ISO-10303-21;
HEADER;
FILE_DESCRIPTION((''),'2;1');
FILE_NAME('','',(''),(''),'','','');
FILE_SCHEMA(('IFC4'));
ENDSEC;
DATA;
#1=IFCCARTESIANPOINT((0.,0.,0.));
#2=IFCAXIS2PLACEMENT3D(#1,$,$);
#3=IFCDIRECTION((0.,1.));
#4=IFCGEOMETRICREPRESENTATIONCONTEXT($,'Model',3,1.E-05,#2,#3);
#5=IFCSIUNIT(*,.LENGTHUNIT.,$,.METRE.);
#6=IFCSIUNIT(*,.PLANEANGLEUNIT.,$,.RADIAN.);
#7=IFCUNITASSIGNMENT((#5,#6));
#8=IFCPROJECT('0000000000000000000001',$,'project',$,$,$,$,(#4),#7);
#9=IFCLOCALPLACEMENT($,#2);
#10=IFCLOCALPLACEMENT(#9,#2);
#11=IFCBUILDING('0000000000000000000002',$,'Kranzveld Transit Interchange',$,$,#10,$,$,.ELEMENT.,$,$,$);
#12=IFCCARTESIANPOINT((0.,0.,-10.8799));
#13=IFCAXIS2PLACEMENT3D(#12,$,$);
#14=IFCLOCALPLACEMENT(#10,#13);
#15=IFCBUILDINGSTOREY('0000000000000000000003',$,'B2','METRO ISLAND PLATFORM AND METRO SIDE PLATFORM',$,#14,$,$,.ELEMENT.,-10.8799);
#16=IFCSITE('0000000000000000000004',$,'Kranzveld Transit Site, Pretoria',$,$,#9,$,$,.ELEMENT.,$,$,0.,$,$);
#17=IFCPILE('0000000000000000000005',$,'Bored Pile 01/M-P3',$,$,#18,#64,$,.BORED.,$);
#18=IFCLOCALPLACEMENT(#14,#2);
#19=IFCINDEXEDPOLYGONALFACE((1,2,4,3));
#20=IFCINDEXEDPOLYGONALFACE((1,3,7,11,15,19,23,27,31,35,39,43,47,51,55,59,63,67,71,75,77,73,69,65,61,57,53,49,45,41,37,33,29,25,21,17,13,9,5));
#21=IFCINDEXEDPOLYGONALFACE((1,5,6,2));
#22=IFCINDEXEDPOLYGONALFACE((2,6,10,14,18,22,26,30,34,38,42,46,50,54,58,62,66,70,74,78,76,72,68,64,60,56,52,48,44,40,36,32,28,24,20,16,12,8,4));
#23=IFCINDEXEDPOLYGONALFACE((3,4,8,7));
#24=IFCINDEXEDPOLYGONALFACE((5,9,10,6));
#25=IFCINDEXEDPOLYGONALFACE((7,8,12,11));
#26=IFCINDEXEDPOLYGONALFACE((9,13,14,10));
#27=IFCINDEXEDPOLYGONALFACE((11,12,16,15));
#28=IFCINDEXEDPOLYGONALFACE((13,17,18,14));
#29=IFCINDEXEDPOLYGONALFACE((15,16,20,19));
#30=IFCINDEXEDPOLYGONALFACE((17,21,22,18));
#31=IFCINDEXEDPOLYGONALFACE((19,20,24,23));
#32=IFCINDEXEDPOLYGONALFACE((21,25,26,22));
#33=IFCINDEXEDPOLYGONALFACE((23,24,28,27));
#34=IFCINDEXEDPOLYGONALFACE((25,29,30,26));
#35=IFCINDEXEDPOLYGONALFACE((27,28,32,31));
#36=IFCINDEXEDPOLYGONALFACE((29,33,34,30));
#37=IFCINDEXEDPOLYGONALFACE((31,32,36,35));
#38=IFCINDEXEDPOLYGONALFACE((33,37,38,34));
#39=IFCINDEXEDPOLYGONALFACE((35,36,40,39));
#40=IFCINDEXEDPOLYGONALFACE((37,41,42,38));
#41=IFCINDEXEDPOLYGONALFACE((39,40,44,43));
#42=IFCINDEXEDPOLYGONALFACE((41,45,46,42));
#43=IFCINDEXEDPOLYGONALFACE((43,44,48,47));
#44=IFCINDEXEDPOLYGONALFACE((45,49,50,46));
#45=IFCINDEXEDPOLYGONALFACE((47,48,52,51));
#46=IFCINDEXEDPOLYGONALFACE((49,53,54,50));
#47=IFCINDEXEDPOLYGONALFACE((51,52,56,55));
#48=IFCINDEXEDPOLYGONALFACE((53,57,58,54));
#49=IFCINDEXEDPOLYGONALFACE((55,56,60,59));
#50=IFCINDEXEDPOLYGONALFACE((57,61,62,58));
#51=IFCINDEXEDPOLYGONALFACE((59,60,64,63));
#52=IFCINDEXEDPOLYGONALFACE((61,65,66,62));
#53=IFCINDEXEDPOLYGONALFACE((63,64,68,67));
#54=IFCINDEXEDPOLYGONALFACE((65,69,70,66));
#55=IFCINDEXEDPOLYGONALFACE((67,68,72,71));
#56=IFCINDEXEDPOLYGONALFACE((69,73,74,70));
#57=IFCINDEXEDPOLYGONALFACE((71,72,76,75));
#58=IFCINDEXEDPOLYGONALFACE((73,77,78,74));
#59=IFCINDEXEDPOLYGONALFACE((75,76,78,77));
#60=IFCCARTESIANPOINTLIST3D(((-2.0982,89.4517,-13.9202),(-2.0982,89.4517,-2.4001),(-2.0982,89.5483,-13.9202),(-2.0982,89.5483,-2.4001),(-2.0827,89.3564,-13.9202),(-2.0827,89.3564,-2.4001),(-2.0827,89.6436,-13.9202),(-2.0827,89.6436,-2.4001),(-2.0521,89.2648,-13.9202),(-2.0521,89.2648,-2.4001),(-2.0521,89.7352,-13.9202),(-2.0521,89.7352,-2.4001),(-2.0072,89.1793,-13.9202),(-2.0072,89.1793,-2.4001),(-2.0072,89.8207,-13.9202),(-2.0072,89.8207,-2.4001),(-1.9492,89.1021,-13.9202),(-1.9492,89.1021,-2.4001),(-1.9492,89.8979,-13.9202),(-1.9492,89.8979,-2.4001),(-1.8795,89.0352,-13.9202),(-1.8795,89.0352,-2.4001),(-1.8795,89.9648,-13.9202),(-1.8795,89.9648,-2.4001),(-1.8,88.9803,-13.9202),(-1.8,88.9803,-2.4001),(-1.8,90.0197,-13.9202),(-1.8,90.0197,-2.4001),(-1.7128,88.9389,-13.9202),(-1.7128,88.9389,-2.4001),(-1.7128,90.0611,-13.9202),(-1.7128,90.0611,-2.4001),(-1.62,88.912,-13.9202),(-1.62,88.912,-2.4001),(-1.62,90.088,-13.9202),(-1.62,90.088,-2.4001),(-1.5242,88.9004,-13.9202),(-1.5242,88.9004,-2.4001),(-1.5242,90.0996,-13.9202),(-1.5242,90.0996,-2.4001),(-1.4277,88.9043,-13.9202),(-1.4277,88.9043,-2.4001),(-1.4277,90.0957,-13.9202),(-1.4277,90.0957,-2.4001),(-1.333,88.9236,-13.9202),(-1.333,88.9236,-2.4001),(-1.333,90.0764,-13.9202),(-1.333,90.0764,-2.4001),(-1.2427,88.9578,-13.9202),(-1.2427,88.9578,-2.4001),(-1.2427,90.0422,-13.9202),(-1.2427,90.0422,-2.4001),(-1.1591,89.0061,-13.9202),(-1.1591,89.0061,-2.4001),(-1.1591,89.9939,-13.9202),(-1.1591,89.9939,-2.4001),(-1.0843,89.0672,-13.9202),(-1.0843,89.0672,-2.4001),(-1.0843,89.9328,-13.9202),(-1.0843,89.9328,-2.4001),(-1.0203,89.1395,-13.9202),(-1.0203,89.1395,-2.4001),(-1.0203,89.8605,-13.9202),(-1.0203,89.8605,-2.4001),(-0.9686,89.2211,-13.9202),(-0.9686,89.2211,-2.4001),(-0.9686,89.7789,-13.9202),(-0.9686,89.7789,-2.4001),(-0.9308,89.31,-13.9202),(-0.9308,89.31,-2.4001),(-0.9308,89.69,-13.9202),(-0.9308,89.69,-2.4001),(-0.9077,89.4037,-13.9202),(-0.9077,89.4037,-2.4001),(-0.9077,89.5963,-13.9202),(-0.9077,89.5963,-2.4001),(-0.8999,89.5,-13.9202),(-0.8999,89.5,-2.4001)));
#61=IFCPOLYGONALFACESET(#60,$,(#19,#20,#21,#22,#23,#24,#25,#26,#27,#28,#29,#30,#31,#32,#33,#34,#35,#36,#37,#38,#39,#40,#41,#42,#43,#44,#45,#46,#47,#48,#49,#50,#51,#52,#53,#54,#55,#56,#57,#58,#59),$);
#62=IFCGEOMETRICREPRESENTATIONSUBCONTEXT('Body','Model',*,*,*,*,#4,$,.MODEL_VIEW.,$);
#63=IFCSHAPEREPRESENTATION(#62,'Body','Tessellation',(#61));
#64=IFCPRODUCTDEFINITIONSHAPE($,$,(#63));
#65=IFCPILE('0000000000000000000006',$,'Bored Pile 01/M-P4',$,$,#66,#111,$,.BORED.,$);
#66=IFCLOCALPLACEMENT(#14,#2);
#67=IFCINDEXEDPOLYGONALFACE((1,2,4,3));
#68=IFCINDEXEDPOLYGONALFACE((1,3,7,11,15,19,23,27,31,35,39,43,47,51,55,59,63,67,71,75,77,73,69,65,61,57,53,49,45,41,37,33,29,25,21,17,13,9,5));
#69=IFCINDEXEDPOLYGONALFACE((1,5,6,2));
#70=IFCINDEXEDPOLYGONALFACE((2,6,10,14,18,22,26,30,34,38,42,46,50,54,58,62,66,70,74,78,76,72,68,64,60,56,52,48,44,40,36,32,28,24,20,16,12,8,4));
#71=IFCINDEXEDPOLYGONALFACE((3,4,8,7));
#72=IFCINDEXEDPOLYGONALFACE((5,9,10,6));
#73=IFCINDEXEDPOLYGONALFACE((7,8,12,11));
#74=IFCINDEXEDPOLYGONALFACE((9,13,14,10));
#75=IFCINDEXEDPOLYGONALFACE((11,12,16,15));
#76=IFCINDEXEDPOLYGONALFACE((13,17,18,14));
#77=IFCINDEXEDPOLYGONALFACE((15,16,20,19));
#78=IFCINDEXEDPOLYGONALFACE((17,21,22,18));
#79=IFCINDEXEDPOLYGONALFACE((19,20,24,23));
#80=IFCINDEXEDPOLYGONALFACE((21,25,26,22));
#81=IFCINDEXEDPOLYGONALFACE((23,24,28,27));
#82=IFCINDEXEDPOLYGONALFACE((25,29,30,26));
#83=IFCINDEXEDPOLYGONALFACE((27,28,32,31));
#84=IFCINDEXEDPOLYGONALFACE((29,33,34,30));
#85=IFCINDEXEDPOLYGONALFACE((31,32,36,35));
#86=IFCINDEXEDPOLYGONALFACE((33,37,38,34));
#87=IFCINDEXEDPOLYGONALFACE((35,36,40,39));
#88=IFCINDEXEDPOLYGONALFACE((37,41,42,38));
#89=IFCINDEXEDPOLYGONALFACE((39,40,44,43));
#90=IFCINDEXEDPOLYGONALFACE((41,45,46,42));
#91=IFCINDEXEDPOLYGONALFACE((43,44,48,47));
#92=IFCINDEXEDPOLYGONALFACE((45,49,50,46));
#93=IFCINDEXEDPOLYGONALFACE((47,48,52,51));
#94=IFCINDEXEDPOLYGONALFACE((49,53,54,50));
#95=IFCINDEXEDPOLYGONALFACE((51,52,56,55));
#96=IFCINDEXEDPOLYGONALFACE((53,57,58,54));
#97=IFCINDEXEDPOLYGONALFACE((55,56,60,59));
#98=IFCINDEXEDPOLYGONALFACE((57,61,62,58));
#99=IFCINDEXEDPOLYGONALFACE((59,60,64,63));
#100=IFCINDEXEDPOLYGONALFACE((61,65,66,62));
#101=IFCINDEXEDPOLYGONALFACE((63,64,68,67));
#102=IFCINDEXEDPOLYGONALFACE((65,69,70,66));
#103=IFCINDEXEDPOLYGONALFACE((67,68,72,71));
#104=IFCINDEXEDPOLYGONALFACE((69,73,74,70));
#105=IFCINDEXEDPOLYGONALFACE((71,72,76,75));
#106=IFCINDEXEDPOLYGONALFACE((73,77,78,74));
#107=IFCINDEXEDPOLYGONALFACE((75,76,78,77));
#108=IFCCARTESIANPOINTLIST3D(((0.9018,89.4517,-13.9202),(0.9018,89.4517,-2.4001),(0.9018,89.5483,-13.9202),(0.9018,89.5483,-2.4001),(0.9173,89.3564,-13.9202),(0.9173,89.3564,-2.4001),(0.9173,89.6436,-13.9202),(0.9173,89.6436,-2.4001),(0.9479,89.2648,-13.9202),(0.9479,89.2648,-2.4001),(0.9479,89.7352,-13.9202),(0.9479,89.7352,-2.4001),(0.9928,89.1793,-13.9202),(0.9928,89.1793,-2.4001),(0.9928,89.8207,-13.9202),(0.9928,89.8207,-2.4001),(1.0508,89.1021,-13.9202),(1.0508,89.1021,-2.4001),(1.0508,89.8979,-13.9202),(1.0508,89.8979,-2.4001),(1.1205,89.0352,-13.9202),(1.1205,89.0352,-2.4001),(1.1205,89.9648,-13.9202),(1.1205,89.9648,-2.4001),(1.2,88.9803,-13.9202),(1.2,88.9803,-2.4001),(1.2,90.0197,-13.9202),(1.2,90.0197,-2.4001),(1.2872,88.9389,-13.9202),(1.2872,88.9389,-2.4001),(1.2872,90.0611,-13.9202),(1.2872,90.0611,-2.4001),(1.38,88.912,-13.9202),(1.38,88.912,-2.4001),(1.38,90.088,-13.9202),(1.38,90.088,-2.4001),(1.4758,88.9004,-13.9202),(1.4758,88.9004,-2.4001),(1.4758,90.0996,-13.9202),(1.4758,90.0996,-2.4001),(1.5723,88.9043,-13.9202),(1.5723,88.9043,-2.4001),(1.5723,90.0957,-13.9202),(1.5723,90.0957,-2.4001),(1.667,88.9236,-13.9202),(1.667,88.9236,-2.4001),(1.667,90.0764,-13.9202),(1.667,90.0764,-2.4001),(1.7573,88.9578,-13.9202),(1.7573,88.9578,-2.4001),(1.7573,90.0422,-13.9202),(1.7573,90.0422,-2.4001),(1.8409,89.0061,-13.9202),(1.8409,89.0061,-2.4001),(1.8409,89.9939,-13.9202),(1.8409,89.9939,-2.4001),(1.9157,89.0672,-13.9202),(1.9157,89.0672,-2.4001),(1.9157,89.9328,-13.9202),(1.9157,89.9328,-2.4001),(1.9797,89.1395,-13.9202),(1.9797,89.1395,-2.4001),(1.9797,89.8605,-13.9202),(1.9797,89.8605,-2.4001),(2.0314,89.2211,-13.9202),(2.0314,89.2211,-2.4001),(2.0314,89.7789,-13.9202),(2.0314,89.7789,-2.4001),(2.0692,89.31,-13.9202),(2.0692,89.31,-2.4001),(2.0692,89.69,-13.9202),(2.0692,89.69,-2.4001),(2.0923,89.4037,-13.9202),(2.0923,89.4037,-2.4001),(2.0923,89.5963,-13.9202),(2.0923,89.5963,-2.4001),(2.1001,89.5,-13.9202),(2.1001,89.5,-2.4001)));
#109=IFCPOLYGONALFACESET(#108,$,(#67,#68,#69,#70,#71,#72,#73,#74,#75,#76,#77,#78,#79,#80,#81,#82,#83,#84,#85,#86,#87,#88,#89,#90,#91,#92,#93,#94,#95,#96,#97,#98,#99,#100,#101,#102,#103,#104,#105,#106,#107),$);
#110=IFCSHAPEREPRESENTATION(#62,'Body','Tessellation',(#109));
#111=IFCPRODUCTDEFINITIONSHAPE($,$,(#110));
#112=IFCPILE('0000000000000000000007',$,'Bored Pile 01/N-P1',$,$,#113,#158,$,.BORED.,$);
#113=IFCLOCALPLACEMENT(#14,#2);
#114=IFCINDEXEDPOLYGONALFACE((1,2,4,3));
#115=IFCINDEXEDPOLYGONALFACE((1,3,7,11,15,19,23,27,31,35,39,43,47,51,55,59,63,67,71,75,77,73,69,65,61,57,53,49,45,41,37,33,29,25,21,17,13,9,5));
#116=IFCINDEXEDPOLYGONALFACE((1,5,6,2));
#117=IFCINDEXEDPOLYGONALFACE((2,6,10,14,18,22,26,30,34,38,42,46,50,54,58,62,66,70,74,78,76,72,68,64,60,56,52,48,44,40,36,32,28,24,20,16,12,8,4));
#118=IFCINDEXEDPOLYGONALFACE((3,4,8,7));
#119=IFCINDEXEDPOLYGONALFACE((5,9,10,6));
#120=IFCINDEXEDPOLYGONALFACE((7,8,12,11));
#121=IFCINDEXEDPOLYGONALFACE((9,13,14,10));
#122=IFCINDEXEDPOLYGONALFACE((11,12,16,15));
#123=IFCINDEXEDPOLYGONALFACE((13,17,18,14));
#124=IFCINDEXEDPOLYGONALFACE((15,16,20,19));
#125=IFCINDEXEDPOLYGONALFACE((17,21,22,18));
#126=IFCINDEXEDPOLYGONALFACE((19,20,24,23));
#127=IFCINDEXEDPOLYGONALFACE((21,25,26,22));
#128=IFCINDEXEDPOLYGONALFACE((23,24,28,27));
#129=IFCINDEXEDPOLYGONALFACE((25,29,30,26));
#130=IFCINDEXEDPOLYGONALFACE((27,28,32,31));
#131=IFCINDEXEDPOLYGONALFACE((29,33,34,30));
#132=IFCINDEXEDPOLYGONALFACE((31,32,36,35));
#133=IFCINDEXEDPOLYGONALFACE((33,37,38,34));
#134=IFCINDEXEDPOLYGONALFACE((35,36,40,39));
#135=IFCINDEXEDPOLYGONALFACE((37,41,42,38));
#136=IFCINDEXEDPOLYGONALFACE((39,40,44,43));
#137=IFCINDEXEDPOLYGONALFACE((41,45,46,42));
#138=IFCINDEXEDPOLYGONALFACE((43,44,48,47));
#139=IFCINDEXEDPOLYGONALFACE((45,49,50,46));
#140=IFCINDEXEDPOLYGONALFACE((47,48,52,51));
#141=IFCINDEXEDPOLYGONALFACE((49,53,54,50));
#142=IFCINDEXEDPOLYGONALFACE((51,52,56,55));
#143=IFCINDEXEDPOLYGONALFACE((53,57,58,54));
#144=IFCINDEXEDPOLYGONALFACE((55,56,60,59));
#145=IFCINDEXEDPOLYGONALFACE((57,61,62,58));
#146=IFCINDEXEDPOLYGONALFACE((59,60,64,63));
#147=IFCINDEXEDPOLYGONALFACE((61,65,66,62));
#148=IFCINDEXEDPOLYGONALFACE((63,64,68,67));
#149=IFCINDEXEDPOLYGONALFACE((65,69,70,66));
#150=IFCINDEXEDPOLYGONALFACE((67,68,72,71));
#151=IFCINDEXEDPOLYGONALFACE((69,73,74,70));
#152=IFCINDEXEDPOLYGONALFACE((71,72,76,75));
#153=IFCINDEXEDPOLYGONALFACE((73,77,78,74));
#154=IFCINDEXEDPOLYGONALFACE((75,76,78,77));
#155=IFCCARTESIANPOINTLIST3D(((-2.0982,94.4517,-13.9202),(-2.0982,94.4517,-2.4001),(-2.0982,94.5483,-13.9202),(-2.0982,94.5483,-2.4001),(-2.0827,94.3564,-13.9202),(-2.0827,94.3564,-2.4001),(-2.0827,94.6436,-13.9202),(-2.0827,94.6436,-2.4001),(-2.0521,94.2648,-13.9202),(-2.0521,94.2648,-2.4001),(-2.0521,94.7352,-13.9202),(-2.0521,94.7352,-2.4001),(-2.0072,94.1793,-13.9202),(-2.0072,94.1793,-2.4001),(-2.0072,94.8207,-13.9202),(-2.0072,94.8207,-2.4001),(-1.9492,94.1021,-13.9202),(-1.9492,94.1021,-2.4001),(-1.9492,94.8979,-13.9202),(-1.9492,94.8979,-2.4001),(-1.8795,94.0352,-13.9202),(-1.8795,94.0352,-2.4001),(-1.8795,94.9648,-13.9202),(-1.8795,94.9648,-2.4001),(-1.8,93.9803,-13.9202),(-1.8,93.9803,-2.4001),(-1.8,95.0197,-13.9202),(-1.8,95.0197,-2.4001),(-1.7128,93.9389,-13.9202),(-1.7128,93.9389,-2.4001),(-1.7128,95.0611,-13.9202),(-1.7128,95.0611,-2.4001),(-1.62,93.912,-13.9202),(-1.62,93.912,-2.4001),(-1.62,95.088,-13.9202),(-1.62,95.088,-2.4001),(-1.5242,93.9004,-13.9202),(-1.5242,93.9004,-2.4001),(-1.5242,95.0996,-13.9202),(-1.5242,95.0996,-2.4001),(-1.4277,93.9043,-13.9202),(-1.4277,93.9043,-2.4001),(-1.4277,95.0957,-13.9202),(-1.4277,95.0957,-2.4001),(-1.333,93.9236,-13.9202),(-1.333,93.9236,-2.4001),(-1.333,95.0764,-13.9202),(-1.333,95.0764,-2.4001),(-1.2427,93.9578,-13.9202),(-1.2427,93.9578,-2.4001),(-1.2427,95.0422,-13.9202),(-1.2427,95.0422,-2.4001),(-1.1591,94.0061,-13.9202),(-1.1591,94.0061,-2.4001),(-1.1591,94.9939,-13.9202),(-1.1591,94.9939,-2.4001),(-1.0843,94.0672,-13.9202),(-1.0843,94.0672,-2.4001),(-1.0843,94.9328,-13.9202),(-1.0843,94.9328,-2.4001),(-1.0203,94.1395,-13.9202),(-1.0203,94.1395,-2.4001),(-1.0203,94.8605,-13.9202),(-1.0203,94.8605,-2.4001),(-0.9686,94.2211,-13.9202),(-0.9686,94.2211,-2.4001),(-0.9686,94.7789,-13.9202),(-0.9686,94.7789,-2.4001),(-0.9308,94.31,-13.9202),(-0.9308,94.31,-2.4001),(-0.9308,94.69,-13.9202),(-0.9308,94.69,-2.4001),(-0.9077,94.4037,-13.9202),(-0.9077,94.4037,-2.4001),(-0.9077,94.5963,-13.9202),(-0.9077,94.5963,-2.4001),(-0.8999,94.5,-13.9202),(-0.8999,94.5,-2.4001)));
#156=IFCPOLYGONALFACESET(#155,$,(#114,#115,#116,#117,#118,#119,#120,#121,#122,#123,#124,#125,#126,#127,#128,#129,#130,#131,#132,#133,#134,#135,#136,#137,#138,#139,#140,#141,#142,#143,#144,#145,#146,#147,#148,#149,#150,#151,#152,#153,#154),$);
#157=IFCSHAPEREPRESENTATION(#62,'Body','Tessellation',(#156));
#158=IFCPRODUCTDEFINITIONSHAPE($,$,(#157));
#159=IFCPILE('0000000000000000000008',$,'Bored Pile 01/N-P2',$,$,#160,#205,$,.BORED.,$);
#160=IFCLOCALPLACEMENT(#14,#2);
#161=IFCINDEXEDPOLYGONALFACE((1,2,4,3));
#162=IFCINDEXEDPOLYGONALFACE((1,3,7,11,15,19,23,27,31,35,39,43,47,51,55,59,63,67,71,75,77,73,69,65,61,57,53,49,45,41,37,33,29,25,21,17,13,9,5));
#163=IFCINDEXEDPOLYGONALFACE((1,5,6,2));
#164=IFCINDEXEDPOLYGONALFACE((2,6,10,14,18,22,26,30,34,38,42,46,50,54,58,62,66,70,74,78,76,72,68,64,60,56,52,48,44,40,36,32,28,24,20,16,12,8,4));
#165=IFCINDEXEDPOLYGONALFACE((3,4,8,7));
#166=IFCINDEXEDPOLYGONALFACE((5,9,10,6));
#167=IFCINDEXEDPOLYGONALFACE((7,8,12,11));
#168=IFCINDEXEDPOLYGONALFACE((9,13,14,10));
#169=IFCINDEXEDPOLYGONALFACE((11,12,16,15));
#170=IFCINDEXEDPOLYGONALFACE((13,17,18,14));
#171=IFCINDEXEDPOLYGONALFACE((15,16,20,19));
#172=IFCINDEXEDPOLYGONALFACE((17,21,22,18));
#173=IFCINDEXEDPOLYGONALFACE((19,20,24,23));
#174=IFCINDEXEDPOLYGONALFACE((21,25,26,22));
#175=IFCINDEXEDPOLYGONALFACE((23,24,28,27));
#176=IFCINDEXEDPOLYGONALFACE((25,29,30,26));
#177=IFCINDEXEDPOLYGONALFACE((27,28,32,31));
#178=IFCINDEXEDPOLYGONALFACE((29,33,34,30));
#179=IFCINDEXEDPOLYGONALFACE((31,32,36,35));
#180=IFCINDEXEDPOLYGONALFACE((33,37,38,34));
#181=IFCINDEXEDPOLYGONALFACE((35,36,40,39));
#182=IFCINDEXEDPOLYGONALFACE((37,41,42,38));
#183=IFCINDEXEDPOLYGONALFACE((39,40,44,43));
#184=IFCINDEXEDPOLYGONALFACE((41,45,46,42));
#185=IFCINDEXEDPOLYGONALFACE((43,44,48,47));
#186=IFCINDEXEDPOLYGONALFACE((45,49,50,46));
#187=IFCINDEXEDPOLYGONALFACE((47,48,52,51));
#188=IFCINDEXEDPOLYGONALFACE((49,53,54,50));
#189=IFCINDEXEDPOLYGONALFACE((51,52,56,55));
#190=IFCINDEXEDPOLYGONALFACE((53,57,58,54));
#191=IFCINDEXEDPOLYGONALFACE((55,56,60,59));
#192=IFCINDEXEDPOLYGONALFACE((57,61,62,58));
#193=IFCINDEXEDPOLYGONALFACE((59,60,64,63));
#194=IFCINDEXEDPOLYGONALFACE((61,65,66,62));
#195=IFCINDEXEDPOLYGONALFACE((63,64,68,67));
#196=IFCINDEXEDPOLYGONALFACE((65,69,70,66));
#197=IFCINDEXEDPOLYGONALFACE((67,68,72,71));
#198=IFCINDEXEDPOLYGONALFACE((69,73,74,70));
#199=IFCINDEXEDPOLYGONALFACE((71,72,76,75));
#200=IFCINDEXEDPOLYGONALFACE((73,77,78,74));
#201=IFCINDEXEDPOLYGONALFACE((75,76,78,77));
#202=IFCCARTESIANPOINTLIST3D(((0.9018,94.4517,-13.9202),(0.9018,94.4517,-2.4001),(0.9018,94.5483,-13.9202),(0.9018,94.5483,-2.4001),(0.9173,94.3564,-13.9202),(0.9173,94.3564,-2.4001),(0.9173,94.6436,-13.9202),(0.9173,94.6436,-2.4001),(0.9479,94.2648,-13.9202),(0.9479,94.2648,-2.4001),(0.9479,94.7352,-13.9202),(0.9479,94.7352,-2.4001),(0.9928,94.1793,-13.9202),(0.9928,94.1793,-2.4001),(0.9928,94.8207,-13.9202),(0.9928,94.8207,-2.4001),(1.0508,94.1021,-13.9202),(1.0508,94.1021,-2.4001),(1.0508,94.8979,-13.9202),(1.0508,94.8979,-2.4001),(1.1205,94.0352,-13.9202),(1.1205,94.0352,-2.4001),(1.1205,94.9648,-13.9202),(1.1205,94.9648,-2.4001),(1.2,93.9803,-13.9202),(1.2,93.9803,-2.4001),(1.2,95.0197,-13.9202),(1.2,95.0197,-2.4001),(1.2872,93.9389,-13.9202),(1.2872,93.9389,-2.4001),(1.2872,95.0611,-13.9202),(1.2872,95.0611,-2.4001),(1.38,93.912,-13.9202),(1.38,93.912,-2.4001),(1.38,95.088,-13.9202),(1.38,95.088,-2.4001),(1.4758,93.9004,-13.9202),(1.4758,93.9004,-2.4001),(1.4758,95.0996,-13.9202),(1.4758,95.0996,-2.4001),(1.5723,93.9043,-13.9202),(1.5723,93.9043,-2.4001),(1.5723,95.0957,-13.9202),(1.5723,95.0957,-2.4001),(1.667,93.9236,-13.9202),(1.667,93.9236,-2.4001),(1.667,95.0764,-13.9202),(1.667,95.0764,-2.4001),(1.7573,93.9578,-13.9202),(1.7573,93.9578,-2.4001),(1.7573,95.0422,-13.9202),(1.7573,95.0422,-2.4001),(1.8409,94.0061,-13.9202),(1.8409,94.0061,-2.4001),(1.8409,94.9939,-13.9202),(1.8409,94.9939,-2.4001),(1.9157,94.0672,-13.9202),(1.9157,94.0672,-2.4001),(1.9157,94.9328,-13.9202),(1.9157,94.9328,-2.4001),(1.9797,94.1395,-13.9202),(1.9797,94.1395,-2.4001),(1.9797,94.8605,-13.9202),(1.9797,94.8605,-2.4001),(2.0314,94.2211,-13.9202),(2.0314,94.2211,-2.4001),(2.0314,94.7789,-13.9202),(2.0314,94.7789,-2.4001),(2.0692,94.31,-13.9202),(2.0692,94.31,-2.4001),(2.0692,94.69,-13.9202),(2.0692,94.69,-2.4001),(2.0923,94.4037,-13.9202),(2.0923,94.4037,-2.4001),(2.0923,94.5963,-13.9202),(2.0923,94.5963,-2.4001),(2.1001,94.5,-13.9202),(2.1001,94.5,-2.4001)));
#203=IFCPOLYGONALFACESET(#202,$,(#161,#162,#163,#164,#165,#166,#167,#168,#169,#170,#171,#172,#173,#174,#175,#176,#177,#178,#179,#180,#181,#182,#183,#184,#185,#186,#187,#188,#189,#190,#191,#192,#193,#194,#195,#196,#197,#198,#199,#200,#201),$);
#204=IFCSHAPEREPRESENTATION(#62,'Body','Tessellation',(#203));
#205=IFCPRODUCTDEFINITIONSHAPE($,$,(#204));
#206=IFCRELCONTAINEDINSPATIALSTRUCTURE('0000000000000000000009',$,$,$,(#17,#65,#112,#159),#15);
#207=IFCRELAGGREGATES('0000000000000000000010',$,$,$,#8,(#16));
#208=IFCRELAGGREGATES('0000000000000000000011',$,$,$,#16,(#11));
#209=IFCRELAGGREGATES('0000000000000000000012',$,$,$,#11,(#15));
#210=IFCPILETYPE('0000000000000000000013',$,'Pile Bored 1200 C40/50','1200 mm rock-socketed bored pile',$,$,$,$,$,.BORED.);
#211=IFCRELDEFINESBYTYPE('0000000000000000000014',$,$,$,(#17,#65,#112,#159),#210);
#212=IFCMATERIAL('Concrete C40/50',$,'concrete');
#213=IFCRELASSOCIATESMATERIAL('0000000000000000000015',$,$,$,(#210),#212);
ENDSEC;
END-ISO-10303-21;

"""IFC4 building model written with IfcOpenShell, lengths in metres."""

from ifc_helpers import new_model, si_unit, direction, frame, origin, origin_2d, place, context, subcontext, project, spatial, circle, extrude, material, material_profile, profile_set, type_object, element, save


model = new_model("IFC4")

# Units and contexts
model_context = context("Model", 3, precision=1e-05, world=origin(), true_north=direction((0.0, 1.0)))
body_context = subcontext(model_context, "Body", "Model", "MODEL_VIEW")
ifc_project = project(units=[si_unit("LENGTHUNIT", "METRE"), si_unit("PLANEANGLEUNIT", "RADIAN")], contexts=[model_context])

# Site, building, storey
site_placement = place(None, origin())
site = spatial("IfcSite", under=ifc_project, at=site_placement, Name="Kranzveld Transit Site, Pretoria", CompositionType="ELEMENT", RefElevation=0.0)
building_placement = place(site_placement, origin())
building = spatial("IfcBuilding", under=site, at=building_placement, Name="Kranzveld Transit Interchange", CompositionType="ELEMENT")
storey_placement = place(building_placement, frame((0.0, 0.0, -10.8799)))
storey = spatial("IfcBuildingStorey", under=building, at=storey_placement, Name="B2", Description="METRO ISLAND PLATFORM AND METRO SIDE PLATFORM", CompositionType="ELEMENT", Elevation=-10.8799)

# Piles
ifc_material_1 = material(Name="Concrete C40/50", Category="concrete")
ifc_material_profile_1 = material_profile(ifc_material_1, circle(Radius=0.6001, at=origin_2d()), Name="BORED PILE 1200")
ifc_profile_set_1 = profile_set([ifc_material_profile_1], Name="Concrete C40/50")
pile_type = type_object("IfcPileType", Name="Pile Bored 1200 C40/50", Description="1200 mm rock-socketed bored pile", PredefinedType="BORED", material=ifc_profile_set_1)
for number, where, z_axis, x_axis, name in (
    (1, (-1.5, 89.5, -2.4001), (0.0, 0.0, -1.0), (1.0, 0.0, 0.0), "Bored Pile 01/M-P3"),
    (2, (1.5, 89.5, -2.4001), (0.0, 0.0, -1.0), (1.0, 0.0, 0.0), "Bored Pile 01/M-P4"),
    (3, (-1.5, 94.5, -2.4001), (0.0, 0.0, -1.0), (1.0, 0.0, 0.0), "Bored Pile 01/N-P1"),
    (4, (1.5, 94.5, -2.4001), (0.0, 0.0, -1.0), (1.0, 0.0, 0.0), "Bored Pile 01/N-P2"),
):
    element("IfcPile", number, at=place(storey_placement, frame(where, z_axis=z_axis, x_axis=x_axis)), inside=storey, type_object=pile_type, Name=name, PredefinedType="BORED", context=body_context, shape_type="SweptSolid", body=[
        extrude(circle(Radius=0.6001, at=origin_2d()), origin(), (0.0, 0.0, 1.0), 11.52),
    ])

save(model, "model.ifc")
